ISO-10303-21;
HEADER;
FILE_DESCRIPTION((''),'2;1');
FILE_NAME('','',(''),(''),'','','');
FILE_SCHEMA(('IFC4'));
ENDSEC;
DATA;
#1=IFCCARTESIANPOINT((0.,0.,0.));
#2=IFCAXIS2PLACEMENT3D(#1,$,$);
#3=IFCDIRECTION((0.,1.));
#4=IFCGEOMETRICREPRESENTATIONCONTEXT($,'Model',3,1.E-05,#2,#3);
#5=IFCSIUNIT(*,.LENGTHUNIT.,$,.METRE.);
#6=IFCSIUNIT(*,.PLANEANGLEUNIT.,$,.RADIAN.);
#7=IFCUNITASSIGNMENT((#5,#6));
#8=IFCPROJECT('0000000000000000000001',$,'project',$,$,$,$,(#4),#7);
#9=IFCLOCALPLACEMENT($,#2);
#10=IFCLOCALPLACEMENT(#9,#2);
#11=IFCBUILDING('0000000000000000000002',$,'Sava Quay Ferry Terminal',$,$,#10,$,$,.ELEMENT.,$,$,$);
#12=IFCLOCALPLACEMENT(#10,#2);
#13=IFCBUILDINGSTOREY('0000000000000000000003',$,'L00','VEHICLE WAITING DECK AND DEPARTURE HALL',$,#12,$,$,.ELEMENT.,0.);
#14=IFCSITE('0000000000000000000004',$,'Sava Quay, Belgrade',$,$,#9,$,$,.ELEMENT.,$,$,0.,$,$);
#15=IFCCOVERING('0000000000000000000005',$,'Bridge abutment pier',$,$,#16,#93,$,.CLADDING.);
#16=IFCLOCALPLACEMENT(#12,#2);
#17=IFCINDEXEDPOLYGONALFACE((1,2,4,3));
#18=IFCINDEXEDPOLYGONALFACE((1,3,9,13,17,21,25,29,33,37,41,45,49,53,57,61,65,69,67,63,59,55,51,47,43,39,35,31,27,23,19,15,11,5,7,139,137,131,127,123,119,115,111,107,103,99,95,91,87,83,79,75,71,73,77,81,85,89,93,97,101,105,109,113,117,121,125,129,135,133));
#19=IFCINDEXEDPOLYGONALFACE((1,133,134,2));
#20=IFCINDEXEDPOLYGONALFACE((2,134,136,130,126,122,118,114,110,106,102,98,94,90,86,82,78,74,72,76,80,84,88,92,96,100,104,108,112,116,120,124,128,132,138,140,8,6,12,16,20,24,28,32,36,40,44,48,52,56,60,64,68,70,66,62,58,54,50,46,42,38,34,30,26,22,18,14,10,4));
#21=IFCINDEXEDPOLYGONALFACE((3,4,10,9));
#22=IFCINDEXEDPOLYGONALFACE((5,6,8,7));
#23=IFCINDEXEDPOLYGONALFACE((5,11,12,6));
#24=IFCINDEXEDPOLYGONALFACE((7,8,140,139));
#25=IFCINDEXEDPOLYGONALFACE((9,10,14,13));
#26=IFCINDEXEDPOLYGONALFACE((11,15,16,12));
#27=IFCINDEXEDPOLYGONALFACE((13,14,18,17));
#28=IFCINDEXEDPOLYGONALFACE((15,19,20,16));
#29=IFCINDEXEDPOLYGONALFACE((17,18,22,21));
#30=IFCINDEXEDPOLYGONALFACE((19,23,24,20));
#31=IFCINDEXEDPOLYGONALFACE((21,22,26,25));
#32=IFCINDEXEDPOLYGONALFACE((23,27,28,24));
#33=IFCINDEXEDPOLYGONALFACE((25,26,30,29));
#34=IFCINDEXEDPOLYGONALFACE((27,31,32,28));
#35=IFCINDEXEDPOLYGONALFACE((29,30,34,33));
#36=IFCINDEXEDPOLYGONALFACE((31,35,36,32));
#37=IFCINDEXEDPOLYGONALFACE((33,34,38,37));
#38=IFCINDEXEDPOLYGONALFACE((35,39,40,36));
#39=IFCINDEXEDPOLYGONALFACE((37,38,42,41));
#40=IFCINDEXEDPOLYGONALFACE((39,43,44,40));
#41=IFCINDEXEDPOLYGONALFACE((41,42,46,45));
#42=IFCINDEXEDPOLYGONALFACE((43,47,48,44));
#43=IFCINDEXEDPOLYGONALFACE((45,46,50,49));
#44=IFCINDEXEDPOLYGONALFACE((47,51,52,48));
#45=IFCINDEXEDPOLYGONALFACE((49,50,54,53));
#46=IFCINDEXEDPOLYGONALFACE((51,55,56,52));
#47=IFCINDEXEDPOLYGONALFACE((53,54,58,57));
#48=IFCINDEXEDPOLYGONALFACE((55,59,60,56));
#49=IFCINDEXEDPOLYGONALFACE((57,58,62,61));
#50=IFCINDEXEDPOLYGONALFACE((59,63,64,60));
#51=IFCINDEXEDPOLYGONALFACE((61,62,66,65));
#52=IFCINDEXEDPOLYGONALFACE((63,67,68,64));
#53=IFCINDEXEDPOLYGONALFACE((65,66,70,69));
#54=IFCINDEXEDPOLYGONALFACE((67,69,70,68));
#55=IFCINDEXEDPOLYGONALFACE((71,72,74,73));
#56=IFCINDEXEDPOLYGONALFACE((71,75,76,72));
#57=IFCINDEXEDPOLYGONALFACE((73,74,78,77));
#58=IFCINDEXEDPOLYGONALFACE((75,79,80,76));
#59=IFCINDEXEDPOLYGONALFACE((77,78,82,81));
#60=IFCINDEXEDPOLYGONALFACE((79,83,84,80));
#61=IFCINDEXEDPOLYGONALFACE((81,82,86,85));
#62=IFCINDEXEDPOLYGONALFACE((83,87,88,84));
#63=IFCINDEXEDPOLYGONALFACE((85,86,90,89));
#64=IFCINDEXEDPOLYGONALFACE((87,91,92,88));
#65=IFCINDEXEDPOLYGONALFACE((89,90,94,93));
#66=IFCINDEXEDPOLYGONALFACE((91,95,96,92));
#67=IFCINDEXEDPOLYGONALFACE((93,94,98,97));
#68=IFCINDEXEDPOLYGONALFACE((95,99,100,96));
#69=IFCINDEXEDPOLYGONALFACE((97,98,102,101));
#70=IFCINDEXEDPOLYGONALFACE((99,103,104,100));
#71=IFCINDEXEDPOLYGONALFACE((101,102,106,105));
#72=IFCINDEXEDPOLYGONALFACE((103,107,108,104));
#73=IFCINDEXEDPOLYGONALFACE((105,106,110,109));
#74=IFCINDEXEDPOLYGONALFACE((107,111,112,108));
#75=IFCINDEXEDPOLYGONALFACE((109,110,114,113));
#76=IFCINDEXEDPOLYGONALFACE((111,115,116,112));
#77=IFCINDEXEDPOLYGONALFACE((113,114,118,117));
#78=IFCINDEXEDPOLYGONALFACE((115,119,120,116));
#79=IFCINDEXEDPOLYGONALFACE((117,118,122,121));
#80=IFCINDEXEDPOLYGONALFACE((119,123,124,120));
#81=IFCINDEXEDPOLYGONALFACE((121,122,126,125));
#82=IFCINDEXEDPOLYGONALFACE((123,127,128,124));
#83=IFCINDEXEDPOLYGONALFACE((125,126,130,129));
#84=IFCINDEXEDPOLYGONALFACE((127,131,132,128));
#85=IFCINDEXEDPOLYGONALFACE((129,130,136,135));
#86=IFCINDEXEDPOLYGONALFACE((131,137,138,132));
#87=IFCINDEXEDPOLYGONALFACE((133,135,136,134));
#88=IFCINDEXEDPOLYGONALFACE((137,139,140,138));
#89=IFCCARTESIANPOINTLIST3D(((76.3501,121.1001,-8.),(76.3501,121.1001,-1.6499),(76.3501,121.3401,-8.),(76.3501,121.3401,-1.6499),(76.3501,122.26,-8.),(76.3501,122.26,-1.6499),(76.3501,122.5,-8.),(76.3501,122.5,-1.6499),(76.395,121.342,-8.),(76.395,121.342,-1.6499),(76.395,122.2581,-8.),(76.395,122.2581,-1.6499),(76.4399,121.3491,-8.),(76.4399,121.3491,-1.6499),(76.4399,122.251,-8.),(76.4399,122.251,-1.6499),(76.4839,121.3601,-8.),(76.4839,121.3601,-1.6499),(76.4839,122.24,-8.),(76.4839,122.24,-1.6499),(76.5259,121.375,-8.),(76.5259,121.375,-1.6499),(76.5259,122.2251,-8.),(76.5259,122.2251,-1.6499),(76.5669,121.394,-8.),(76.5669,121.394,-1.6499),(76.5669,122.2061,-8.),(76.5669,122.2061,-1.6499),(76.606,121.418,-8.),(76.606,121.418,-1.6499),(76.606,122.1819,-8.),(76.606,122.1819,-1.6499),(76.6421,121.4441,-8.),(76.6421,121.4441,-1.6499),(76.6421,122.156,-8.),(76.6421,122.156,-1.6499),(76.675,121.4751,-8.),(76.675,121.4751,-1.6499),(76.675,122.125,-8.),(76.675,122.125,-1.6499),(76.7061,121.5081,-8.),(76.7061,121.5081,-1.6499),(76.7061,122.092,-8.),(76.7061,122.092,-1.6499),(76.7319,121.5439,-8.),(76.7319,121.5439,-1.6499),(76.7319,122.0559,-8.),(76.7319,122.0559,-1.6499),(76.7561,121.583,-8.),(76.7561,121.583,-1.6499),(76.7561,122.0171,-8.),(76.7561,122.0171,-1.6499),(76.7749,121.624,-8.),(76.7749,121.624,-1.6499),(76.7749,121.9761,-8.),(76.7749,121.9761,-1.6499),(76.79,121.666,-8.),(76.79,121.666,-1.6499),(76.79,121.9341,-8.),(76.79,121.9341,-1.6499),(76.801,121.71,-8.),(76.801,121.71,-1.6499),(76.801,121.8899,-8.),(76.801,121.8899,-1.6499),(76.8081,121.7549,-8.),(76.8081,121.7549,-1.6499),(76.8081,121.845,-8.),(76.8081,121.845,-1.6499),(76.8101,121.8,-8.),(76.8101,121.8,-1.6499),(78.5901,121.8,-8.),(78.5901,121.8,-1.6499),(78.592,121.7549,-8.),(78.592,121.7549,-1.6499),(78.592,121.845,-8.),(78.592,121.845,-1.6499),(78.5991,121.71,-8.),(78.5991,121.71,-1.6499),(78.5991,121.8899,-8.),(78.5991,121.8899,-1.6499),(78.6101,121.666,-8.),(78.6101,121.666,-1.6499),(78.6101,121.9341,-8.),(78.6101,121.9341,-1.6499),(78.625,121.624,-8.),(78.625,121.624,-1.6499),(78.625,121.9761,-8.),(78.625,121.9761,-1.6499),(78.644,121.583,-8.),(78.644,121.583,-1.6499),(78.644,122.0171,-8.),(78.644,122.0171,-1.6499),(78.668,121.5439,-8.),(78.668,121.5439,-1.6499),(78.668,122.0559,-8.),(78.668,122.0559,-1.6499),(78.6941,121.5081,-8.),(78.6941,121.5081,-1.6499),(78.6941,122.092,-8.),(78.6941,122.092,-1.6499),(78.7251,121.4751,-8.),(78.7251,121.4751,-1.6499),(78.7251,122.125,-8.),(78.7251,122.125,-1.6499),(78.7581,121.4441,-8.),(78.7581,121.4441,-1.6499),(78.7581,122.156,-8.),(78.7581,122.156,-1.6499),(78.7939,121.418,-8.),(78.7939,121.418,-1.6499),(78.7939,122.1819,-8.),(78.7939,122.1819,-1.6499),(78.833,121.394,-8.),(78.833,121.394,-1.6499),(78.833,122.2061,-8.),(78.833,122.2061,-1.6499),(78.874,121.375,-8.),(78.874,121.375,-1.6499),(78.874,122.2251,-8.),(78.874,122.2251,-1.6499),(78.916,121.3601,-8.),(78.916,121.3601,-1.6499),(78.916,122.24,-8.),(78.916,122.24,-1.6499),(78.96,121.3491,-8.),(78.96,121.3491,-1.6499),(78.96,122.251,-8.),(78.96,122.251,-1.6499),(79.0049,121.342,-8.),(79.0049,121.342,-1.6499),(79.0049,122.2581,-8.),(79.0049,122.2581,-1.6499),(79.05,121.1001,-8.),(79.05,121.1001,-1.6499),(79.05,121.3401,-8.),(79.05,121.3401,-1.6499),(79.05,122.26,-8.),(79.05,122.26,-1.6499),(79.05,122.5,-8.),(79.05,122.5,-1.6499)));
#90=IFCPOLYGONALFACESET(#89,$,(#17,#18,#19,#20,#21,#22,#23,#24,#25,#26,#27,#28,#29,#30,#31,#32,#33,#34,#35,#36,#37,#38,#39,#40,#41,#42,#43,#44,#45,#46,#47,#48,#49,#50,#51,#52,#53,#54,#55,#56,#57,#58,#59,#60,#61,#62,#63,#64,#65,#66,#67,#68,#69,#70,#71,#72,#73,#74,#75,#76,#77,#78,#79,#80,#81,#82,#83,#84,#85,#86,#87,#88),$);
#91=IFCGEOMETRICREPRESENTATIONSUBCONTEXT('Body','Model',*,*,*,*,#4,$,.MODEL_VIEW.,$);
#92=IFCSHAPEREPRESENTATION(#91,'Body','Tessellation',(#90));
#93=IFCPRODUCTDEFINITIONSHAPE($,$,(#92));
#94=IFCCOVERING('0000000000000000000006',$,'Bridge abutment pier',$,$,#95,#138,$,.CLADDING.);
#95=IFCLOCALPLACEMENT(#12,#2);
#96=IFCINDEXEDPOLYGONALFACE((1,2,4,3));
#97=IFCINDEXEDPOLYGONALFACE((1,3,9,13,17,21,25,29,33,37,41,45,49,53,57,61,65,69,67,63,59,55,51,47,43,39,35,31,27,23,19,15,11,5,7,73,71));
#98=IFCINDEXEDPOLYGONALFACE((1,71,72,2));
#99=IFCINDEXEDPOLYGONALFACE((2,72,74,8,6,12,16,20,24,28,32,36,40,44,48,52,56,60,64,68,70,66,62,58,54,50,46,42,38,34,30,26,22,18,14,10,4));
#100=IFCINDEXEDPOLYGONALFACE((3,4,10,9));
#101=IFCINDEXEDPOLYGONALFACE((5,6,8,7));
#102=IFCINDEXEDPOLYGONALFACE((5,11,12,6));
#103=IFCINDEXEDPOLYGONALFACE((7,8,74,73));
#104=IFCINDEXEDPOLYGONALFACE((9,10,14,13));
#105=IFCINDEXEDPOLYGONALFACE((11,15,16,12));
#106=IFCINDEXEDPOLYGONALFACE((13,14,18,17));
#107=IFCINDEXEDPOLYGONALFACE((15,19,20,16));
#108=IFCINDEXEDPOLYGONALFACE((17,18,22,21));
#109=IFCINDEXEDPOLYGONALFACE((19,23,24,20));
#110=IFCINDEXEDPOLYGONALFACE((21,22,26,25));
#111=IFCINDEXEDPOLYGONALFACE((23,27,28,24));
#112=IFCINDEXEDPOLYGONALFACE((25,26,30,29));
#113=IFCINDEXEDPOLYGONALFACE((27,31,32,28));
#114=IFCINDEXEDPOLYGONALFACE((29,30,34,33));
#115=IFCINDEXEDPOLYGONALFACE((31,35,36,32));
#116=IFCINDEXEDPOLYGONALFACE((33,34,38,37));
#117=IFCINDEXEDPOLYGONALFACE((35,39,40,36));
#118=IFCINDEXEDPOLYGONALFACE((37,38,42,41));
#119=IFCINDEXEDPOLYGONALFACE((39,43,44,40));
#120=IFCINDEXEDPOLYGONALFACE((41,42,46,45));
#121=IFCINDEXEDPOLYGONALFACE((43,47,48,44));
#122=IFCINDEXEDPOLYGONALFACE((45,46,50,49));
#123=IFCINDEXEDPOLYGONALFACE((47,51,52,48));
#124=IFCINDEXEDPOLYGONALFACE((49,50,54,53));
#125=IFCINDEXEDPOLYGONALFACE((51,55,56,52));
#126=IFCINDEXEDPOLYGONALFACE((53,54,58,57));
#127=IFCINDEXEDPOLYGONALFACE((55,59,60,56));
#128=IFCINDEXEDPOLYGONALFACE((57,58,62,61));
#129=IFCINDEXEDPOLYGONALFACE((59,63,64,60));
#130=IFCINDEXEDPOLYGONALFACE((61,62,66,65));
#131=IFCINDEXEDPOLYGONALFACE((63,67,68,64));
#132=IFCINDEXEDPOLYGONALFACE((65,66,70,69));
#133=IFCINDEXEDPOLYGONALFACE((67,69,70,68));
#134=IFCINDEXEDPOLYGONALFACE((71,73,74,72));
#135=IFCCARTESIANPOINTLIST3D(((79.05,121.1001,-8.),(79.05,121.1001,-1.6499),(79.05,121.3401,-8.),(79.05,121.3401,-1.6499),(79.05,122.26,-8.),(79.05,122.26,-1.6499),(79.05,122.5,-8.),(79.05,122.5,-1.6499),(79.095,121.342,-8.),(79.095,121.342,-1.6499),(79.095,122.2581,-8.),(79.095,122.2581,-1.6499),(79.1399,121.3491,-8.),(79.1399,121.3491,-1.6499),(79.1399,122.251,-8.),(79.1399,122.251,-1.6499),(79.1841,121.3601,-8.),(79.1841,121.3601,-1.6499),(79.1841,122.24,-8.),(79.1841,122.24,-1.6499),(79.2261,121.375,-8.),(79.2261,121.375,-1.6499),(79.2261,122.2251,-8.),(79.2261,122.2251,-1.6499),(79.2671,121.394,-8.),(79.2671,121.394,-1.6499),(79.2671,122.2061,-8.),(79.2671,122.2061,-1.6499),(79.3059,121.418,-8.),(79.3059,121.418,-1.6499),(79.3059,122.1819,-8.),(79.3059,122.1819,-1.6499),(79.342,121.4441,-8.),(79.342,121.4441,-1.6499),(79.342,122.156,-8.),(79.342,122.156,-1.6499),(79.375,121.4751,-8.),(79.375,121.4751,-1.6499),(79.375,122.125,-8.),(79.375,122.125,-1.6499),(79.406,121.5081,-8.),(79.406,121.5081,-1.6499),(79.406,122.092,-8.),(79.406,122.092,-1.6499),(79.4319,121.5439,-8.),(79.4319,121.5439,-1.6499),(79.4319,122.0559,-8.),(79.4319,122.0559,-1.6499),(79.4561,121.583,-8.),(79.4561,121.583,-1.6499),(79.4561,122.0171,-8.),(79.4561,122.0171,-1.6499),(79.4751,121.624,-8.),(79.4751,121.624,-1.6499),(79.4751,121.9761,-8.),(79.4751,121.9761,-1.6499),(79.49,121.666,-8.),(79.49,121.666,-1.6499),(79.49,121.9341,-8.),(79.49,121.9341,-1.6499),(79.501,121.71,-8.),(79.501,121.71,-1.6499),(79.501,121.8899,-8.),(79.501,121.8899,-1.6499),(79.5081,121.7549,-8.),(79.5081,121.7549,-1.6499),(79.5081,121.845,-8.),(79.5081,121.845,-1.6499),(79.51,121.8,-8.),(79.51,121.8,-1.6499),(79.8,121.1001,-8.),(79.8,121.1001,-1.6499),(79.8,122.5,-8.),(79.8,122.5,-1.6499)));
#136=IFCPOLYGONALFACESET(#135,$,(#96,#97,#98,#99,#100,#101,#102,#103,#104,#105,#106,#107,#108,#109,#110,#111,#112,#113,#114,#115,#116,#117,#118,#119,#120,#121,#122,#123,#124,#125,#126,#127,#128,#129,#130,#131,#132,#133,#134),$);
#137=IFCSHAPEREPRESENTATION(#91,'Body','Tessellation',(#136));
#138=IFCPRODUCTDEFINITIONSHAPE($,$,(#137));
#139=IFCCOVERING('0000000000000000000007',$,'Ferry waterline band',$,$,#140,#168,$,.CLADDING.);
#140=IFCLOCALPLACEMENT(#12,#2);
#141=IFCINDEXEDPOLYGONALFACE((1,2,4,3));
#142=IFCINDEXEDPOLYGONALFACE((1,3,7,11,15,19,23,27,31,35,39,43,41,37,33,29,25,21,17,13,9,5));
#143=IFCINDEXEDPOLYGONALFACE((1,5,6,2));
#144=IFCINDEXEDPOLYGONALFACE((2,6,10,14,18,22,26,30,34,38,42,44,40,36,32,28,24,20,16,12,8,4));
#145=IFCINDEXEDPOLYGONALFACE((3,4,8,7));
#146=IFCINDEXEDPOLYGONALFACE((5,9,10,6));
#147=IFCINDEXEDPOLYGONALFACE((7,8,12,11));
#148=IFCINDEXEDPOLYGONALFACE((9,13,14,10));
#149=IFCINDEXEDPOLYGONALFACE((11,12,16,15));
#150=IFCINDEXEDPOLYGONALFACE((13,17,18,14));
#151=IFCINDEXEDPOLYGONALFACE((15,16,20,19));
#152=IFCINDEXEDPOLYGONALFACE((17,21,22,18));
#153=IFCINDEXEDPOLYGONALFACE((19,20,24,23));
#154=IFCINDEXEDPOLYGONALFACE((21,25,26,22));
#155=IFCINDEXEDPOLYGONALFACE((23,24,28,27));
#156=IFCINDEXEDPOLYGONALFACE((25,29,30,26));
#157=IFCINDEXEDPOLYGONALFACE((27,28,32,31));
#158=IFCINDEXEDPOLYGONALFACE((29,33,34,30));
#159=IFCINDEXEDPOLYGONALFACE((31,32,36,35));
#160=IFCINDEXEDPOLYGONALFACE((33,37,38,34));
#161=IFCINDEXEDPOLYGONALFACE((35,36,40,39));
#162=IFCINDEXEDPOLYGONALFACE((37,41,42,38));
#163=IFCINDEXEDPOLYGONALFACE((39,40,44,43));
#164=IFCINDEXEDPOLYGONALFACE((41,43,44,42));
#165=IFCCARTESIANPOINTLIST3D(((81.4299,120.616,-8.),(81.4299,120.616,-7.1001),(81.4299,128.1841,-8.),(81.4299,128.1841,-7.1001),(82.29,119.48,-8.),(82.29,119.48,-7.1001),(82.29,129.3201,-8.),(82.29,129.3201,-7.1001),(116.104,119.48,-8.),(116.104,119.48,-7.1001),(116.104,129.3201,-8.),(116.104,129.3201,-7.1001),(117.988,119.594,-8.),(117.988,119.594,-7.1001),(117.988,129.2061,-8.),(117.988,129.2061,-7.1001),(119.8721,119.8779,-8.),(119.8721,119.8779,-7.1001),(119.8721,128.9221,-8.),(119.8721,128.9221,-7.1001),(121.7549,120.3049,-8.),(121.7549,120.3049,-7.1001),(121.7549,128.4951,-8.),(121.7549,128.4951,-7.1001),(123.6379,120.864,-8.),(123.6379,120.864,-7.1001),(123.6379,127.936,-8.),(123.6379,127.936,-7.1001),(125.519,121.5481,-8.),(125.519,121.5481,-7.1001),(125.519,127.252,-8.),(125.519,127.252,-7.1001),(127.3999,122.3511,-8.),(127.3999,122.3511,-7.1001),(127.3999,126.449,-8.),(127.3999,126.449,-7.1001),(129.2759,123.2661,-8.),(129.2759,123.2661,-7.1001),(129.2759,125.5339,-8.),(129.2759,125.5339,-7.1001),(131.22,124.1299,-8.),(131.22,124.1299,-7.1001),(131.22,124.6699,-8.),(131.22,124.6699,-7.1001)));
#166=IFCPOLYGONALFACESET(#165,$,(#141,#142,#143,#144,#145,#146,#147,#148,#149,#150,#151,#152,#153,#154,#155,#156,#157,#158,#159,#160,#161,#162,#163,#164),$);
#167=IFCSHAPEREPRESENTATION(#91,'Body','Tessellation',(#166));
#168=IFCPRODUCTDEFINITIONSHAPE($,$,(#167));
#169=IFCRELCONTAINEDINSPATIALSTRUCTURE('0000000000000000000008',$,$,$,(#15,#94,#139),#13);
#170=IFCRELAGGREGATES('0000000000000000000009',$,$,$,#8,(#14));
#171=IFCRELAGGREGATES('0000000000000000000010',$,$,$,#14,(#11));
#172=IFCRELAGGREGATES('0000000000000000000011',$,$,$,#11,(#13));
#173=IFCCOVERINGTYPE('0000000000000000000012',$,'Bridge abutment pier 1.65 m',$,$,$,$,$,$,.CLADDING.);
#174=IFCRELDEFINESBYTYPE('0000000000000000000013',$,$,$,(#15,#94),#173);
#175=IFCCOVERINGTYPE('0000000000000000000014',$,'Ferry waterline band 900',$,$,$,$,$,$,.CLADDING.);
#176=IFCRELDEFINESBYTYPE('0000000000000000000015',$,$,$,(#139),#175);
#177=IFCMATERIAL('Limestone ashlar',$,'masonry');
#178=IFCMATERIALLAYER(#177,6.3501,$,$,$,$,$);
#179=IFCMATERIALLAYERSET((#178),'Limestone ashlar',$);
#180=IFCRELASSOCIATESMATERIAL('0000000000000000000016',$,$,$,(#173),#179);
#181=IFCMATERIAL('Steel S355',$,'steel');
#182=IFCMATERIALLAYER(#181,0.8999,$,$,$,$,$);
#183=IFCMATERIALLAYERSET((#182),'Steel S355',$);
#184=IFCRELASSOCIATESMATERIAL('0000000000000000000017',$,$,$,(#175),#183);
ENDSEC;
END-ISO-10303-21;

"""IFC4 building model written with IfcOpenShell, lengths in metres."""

from ifc_helpers import new_model, si_unit, direction, frame, origin, place, context, subcontext, project, spatial, polyline, outline, extrude, material, layer, layer_set, type_object, element, save


model = new_model("IFC4")

# Units and contexts
model_context = context("Model", 3, precision=1e-05, world=origin(), true_north=direction((0.0, 1.0)))
body_context = subcontext(model_context, "Body", "Model", "MODEL_VIEW")
ifc_project = project(units=[si_unit("LENGTHUNIT", "METRE"), si_unit("PLANEANGLEUNIT", "RADIAN")], contexts=[model_context])

# Site, building, storey
site_placement = place(None, origin())
site = spatial("IfcSite", under=ifc_project, at=site_placement, Name="Sava Quay, Belgrade", CompositionType="ELEMENT", RefElevation=0.0)
building_placement = place(site_placement, origin())
building = spatial("IfcBuilding", under=site, at=building_placement, Name="Sava Quay Ferry Terminal", CompositionType="ELEMENT")
storey_placement = place(building_placement, origin())
storey = spatial("IfcBuildingStorey", under=building, at=storey_placement, Name="L00", Description="VEHICLE WAITING DECK AND DEPARTURE HALL", CompositionType="ELEMENT", Elevation=0.0)

# Coverings
ifc_material_1 = material(Name="Limestone ashlar", Category="masonry")
ifc_layer_1 = layer(ifc_material_1, 6.3501)
ifc_layer_set_1 = layer_set([ifc_layer_1], Name="Limestone ashlar")
covering_type_1 = type_object("IfcCoveringType", Name="Bridge abutment pier 1.65 m", PredefinedType="CLADDING", material=ifc_layer_set_1)
covering_1_placement = place(storey_placement, frame((0.0, 0.0, -8.0)))
element("IfcCovering", 1, at=covering_1_placement, inside=storey, type_object=covering_type_1, Name="Bridge abutment pier", PredefinedType="CLADDING", context=body_context, shape_type="SweptSolid", body=[
    extrude(outline(polyline([(76.3501, 121.1001), (79.05, 121.1001), (79.05, 121.3401), (79.0049, 121.342), (78.96, 121.3491), (78.916, 121.3601), (78.874, 121.375), (78.833, 121.394), (78.7939, 121.418), (78.7581, 121.4441), (78.7251, 121.4751), (78.6941, 121.5081), (78.668, 121.5439), (78.644, 121.583), (78.625, 121.624), (78.6101, 121.666), (78.5991, 121.71), (78.592, 121.7549), (78.5901, 121.8), (78.592, 121.845), (78.5991, 121.8899), (78.6101, 121.9341), (78.625, 121.9761), (78.644, 122.0171), (78.668, 122.0559), (78.6941, 122.092), (78.7251, 122.125), (78.7581, 122.156), (78.7939, 122.1819), (78.833, 122.2061), (78.874, 122.2251), (78.916, 122.24), (78.96, 122.251), (79.0049, 122.2581), (79.05, 122.26), (79.05, 122.5), (76.3501, 122.5), (76.3501, 122.26), (76.395, 122.2581), (76.4399, 122.251), (76.4839, 122.24), (76.5259, 122.2251), (76.5669, 122.2061), (76.606, 122.1819), (76.6421, 122.156), (76.675, 122.125), (76.7061, 122.092), (76.7319, 122.0559), (76.7561, 122.0171), (76.7749, 121.9761), (76.79, 121.9341), (76.801, 121.8899), (76.8081, 121.845), (76.8101, 121.8), (76.8081, 121.7549), (76.801, 121.71), (76.79, 121.666), (76.7749, 121.624), (76.7561, 121.583), (76.7319, 121.5439), (76.7061, 121.5081), (76.675, 121.4751), (76.6421, 121.4441), (76.606, 121.418), (76.5669, 121.394), (76.5259, 121.375), (76.4839, 121.3601), (76.4399, 121.3491), (76.395, 121.342), (76.3501, 121.3401), (76.3501, 121.1001)])), origin(), (0.0, 0.0, 1.0), 6.3501),
])
covering_2_placement = place(storey_placement, frame((0.0, 0.0, -8.0)))
element("IfcCovering", 2, at=covering_2_placement, inside=storey, type_object=covering_type_1, Name="Bridge abutment pier", PredefinedType="CLADDING", context=body_context, shape_type="SweptSolid", body=[
    extrude(outline(polyline([(79.8, 121.1001), (79.8, 122.5), (79.05, 122.5), (79.05, 122.26), (79.095, 122.2581), (79.1399, 122.251), (79.1841, 122.24), (79.2261, 122.2251), (79.2671, 122.2061), (79.3059, 122.1819), (79.342, 122.156), (79.375, 122.125), (79.406, 122.092), (79.4319, 122.0559), (79.4561, 122.0171), (79.4751, 121.9761), (79.49, 121.9341), (79.501, 121.8899), (79.5081, 121.845), (79.51, 121.8), (79.5081, 121.7549), (79.501, 121.71), (79.49, 121.666), (79.4751, 121.624), (79.4561, 121.583), (79.4319, 121.5439), (79.406, 121.5081), (79.375, 121.4751), (79.342, 121.4441), (79.3059, 121.418), (79.2671, 121.394), (79.2261, 121.375), (79.1841, 121.3601), (79.1399, 121.3491), (79.095, 121.342), (79.05, 121.3401), (79.05, 121.1001), (79.8, 121.1001)])), origin(), (0.0, 0.0, 1.0), 6.3501),
])
ifc_material_2 = material(Name="Steel S355", Category="steel")
ifc_layer_2 = layer(ifc_material_2, 0.8999)
ifc_layer_set_2 = layer_set([ifc_layer_2], Name="Steel S355")
covering_type_2 = type_object("IfcCoveringType", Name="Ferry waterline band 900", PredefinedType="CLADDING", material=ifc_layer_set_2)
covering_3_placement = place(storey_placement, frame((0.0, 0.0, -8.0)))
element("IfcCovering", 3, at=covering_3_placement, inside=storey, type_object=covering_type_2, Name="Ferry waterline band", PredefinedType="CLADDING", context=body_context, shape_type="SweptSolid", body=[
    extrude(outline(polyline([(81.4299, 128.1841), (81.4299, 120.616), (82.29, 119.48), (116.104, 119.48), (117.988, 119.594), (119.8721, 119.8779), (121.7549, 120.3049), (123.6379, 120.864), (125.519, 121.5481), (127.3999, 122.3511), (129.2759, 123.2661), (131.22, 124.1299), (131.22, 124.6699), (129.2759, 125.5339), (127.3999, 126.449), (125.519, 127.252), (123.6379, 127.936), (121.7549, 128.4951), (119.8721, 128.9221), (117.988, 129.2061), (116.104, 129.3201), (82.29, 129.3201), (81.4299, 128.1841)])), origin(), (0.0, 0.0, 1.0), 0.8999),
])

save(model, "model.ifc")
